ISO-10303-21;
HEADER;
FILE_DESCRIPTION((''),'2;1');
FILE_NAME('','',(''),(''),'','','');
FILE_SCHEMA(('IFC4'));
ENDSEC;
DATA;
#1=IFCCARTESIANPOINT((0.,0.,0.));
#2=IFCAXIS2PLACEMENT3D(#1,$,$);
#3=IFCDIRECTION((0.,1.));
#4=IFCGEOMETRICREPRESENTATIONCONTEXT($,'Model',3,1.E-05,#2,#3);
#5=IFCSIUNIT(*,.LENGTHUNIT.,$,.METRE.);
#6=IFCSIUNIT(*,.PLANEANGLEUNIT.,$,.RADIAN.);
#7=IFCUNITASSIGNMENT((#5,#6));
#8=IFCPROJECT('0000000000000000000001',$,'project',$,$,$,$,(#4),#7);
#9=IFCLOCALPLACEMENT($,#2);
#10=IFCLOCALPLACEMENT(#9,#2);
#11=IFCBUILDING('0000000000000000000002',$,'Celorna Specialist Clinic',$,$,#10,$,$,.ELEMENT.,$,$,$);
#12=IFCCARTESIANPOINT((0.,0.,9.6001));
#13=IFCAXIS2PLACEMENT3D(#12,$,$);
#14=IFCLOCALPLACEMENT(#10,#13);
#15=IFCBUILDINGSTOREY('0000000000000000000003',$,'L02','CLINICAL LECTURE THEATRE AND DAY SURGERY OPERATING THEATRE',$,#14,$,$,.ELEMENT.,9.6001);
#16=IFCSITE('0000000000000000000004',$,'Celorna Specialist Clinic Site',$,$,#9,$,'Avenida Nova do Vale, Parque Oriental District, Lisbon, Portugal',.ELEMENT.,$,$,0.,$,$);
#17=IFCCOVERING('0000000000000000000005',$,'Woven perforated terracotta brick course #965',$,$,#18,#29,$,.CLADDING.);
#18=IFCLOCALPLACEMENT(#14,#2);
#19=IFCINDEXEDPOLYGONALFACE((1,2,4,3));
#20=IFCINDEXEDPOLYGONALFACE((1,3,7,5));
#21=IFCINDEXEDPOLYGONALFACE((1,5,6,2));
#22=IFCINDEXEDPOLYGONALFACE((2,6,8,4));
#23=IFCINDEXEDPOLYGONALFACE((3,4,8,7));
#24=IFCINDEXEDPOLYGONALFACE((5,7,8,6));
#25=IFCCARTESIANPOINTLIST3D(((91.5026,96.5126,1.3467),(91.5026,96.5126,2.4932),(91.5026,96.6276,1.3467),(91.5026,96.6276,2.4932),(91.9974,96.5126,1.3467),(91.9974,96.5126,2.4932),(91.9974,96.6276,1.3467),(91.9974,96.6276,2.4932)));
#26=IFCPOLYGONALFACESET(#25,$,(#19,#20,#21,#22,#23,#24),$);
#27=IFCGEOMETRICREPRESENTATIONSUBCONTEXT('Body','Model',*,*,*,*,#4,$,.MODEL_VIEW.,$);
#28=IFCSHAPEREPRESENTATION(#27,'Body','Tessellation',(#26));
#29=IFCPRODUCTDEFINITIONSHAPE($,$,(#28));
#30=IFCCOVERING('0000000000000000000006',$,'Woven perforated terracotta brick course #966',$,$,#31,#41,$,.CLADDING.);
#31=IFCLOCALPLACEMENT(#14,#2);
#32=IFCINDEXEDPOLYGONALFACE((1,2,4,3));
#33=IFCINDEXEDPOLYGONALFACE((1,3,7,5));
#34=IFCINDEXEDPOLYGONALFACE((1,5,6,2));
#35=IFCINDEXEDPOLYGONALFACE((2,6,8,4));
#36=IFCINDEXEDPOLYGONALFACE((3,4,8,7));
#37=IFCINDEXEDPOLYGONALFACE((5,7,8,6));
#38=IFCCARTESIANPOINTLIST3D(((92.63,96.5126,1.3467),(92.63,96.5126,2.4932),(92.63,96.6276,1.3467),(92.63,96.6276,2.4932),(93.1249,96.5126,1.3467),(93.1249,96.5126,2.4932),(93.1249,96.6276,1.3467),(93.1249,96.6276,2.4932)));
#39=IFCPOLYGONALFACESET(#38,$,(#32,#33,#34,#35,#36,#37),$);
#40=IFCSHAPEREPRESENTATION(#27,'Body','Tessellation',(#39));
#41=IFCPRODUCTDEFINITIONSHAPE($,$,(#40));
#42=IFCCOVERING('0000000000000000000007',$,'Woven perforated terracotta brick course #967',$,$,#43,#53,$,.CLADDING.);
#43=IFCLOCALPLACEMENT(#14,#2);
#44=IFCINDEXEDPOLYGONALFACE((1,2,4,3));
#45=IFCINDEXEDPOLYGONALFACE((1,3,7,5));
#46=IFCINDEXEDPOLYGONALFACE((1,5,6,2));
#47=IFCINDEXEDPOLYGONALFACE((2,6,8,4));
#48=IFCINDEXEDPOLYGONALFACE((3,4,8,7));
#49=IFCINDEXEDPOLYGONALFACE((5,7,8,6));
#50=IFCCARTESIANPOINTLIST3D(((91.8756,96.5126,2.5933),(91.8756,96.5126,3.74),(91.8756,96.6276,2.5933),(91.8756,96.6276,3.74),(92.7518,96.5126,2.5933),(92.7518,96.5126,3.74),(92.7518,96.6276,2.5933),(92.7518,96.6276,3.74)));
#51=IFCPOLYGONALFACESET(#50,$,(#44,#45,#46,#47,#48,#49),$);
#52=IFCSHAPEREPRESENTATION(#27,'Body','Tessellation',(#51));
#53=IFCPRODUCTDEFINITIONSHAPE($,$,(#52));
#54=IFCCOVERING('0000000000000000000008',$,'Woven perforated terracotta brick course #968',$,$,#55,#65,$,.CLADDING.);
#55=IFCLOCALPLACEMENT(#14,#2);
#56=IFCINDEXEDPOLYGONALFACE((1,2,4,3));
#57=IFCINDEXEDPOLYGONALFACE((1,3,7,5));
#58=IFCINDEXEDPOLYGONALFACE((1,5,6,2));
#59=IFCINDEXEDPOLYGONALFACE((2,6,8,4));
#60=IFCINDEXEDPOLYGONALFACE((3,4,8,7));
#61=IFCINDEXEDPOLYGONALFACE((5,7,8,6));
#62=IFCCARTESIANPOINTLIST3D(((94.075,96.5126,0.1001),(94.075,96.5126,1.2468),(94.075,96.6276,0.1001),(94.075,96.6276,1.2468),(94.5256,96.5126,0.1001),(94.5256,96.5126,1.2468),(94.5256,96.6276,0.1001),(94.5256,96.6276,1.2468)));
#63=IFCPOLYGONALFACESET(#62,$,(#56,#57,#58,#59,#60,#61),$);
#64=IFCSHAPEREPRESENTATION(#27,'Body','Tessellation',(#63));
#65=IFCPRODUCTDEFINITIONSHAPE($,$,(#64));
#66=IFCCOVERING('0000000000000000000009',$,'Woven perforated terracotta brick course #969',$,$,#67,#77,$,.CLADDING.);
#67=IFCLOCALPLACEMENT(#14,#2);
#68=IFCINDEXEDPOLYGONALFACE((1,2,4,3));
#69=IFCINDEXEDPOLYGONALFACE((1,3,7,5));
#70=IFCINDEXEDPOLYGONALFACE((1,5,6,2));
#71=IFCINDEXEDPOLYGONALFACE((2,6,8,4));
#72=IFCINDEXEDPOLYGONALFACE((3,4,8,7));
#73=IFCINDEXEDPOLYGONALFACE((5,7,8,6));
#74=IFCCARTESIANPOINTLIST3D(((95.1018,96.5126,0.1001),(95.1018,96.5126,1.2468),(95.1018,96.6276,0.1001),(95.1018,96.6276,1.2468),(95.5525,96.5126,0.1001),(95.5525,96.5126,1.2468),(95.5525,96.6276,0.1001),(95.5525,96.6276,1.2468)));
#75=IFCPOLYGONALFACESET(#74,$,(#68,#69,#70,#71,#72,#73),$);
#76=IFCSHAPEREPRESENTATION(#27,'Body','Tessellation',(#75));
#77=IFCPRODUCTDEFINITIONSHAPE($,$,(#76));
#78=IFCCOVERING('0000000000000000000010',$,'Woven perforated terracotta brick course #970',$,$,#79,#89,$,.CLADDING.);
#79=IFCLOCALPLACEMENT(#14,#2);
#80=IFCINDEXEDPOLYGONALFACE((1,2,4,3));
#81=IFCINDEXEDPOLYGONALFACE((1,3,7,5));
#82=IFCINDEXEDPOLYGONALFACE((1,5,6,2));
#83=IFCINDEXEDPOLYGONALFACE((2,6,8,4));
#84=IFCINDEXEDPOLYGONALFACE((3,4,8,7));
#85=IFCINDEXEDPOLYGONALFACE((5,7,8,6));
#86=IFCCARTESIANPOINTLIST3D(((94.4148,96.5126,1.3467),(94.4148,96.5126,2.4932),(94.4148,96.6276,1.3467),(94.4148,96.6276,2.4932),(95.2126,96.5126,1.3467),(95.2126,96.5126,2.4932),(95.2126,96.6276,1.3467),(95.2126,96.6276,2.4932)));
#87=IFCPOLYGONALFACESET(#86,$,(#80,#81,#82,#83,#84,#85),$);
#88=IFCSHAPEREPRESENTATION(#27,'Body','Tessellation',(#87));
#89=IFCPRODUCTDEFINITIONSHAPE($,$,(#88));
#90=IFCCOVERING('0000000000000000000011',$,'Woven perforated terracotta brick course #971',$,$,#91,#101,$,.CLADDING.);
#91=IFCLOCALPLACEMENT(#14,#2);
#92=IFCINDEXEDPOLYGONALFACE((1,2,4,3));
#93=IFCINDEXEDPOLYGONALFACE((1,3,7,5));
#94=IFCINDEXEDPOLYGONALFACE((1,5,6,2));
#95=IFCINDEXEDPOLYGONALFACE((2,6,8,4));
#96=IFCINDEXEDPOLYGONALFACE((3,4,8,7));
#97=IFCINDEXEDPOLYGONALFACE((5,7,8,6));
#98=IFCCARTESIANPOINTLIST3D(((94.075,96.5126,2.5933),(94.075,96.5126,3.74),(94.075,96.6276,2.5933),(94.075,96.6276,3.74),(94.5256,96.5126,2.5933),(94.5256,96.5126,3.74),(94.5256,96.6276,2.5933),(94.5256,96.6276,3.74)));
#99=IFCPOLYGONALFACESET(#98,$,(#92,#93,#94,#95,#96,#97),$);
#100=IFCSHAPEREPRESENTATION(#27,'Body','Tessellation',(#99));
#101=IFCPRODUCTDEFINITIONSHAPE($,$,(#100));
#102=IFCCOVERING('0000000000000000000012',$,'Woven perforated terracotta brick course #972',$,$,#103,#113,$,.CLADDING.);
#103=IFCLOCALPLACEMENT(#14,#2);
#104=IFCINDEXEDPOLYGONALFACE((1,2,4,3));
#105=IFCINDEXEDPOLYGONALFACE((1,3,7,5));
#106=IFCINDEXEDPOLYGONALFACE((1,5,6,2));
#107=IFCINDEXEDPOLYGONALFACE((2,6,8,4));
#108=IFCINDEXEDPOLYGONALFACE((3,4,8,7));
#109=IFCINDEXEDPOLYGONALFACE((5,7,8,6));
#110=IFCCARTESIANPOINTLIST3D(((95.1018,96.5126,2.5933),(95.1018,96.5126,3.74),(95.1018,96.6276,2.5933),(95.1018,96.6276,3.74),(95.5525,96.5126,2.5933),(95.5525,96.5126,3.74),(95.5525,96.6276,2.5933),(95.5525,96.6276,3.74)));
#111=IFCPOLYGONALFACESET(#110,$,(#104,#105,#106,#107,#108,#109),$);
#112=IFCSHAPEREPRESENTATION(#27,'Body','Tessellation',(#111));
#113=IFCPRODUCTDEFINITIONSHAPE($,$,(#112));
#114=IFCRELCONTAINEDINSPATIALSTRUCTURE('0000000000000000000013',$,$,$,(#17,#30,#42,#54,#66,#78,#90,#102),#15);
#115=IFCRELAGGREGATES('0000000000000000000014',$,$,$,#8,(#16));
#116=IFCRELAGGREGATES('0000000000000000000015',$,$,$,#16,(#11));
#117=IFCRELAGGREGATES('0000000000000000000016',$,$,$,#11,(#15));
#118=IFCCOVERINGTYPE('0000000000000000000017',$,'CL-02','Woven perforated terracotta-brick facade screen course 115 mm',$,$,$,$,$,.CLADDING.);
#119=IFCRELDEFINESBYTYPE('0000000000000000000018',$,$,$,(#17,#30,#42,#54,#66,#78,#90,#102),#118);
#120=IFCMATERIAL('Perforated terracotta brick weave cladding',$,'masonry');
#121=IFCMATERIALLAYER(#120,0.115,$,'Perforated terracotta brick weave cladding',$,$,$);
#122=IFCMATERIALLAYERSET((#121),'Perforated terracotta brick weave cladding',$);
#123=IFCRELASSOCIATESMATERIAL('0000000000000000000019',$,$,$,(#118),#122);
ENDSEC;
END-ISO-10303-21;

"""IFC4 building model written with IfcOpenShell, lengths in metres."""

from ifc_helpers import new_model, si_unit, direction, frame, origin, origin_2d, place, context, subcontext, project, spatial, rectangle, extrude, material, layer, layer_set, type_object, element, save


model = new_model("IFC4")

# Units and contexts
model_context = context("Model", 3, precision=1e-05, world=origin(), true_north=direction((0.0, 1.0)))
body_context = subcontext(model_context, "Body", "Model", "MODEL_VIEW")
ifc_project = project(units=[si_unit("LENGTHUNIT", "METRE"), si_unit("PLANEANGLEUNIT", "RADIAN")], contexts=[model_context])

# Site, building, storey
site_placement = place(None, origin())
site = spatial("IfcSite", under=ifc_project, at=site_placement, Name="Celorna Specialist Clinic Site", LongName="Avenida Nova do Vale, Parque Oriental District, Lisbon, Portugal", CompositionType="ELEMENT", RefElevation=0.0)
building_placement = place(site_placement, origin())
building = spatial("IfcBuilding", under=site, at=building_placement, Name="Celorna Specialist Clinic", CompositionType="ELEMENT")
storey_placement = place(building_placement, frame((0.0, 0.0, 9.6001)))
storey = spatial("IfcBuildingStorey", under=building, at=storey_placement, Name="L02", Description="CLINICAL LECTURE THEATRE AND DAY SURGERY OPERATING THEATRE", CompositionType="ELEMENT", Elevation=9.6001)

# Coverings
ifc_material_1 = material(Name="Perforated terracotta brick weave cladding", Category="masonry")
ifc_layer_1 = layer(ifc_material_1, 0.115, Name="Perforated terracotta brick weave cladding")
ifc_layer_set_1 = layer_set([ifc_layer_1], Name="Perforated terracotta brick weave cladding")
covering_type = type_object("IfcCoveringType", Name="CL-02", Description="Woven perforated terracotta-brick facade screen course 115 mm", PredefinedType="CLADDING", material=ifc_layer_set_1)
for number, where, z_axis, x_axis, name in (
    (1, (91.75, 96.5701, 1.3467), (0.0, 0.0, 1.0), (1.0, 0.0, 0.0), "Woven perforated terracotta brick course #965"),
    (2, (92.8774, 96.5701, 1.3467), (0.0, 0.0, 1.0), (1.0, 0.0, 0.0), "Woven perforated terracotta brick course #966"),
):
    element("IfcCovering", number, at=place(storey_placement, frame(where, z_axis=z_axis, x_axis=x_axis)), inside=storey, type_object=covering_type, Name=name, PredefinedType="CLADDING", context=body_context, shape_type="SweptSolid", body=[
        extrude(rectangle(XDim=0.4949, YDim=0.115, at=origin_2d()), origin(), (0.0, 0.0, 1.0), 1.1465),
    ])
covering_1_placement = place(storey_placement, frame((92.3137, 96.5701, 2.5933), z_axis=(0.0, 0.0, 1.0), x_axis=(1.0, 0.0, 0.0)))
element("IfcCovering", 3, at=covering_1_placement, inside=storey, type_object=covering_type, Name="Woven perforated terracotta brick course #967", PredefinedType="CLADDING", context=body_context, shape_type="SweptSolid", body=[
    extrude(rectangle(XDim=0.8762, YDim=0.115, at=origin_2d()), origin(), (0.0, 0.0, 1.0), 1.1467),
])
for number, where, z_axis, x_axis, name in (
    (4, (94.3003, 96.5701, 0.1001), (0.0, 0.0, 1.0), (1.0, 0.0, 0.0), "Woven perforated terracotta brick course #968"),
    (5, (95.3271, 96.5701, 0.1001), (0.0, 0.0, 1.0), (1.0, 0.0, 0.0), "Woven perforated terracotta brick course #969"),
):
    element("IfcCovering", number, at=place(storey_placement, frame(where, z_axis=z_axis, x_axis=x_axis)), inside=storey, type_object=covering_type, Name=name, PredefinedType="CLADDING", context=body_context, shape_type="SweptSolid", body=[
        extrude(rectangle(XDim=0.4507, YDim=0.115, at=origin_2d()), origin(), (0.0, 0.0, 1.0), 1.1467),
    ])
covering_2_placement = place(storey_placement, frame((94.8137, 96.5701, 1.3467), z_axis=(0.0, 0.0, 1.0), x_axis=(1.0, 0.0, 0.0)))
element("IfcCovering", 6, at=covering_2_placement, inside=storey, type_object=covering_type, Name="Woven perforated terracotta brick course #970", PredefinedType="CLADDING", context=body_context, shape_type="SweptSolid", body=[
    extrude(rectangle(XDim=0.7979, YDim=0.115, at=origin_2d()), origin(), (0.0, 0.0, 1.0), 1.1465),
])
for number, where, z_axis, x_axis, name in (
    (7, (94.3003, 96.5701, 2.5933), (0.0, 0.0, 1.0), (1.0, 0.0, 0.0), "Woven perforated terracotta brick course #971"),
    (8, (95.3271, 96.5701, 2.5933), (0.0, 0.0, 1.0), (1.0, 0.0, 0.0), "Woven perforated terracotta brick course #972"),
):
    element("IfcCovering", number, at=place(storey_placement, frame(where, z_axis=z_axis, x_axis=x_axis)), inside=storey, type_object=covering_type, Name=name, PredefinedType="CLADDING", context=body_context, shape_type="SweptSolid", body=[
        extrude(rectangle(XDim=0.4507, YDim=0.115, at=origin_2d()), origin(), (0.0, 0.0, 1.0), 1.1467),
    ])

save(model, "model.ifc")
